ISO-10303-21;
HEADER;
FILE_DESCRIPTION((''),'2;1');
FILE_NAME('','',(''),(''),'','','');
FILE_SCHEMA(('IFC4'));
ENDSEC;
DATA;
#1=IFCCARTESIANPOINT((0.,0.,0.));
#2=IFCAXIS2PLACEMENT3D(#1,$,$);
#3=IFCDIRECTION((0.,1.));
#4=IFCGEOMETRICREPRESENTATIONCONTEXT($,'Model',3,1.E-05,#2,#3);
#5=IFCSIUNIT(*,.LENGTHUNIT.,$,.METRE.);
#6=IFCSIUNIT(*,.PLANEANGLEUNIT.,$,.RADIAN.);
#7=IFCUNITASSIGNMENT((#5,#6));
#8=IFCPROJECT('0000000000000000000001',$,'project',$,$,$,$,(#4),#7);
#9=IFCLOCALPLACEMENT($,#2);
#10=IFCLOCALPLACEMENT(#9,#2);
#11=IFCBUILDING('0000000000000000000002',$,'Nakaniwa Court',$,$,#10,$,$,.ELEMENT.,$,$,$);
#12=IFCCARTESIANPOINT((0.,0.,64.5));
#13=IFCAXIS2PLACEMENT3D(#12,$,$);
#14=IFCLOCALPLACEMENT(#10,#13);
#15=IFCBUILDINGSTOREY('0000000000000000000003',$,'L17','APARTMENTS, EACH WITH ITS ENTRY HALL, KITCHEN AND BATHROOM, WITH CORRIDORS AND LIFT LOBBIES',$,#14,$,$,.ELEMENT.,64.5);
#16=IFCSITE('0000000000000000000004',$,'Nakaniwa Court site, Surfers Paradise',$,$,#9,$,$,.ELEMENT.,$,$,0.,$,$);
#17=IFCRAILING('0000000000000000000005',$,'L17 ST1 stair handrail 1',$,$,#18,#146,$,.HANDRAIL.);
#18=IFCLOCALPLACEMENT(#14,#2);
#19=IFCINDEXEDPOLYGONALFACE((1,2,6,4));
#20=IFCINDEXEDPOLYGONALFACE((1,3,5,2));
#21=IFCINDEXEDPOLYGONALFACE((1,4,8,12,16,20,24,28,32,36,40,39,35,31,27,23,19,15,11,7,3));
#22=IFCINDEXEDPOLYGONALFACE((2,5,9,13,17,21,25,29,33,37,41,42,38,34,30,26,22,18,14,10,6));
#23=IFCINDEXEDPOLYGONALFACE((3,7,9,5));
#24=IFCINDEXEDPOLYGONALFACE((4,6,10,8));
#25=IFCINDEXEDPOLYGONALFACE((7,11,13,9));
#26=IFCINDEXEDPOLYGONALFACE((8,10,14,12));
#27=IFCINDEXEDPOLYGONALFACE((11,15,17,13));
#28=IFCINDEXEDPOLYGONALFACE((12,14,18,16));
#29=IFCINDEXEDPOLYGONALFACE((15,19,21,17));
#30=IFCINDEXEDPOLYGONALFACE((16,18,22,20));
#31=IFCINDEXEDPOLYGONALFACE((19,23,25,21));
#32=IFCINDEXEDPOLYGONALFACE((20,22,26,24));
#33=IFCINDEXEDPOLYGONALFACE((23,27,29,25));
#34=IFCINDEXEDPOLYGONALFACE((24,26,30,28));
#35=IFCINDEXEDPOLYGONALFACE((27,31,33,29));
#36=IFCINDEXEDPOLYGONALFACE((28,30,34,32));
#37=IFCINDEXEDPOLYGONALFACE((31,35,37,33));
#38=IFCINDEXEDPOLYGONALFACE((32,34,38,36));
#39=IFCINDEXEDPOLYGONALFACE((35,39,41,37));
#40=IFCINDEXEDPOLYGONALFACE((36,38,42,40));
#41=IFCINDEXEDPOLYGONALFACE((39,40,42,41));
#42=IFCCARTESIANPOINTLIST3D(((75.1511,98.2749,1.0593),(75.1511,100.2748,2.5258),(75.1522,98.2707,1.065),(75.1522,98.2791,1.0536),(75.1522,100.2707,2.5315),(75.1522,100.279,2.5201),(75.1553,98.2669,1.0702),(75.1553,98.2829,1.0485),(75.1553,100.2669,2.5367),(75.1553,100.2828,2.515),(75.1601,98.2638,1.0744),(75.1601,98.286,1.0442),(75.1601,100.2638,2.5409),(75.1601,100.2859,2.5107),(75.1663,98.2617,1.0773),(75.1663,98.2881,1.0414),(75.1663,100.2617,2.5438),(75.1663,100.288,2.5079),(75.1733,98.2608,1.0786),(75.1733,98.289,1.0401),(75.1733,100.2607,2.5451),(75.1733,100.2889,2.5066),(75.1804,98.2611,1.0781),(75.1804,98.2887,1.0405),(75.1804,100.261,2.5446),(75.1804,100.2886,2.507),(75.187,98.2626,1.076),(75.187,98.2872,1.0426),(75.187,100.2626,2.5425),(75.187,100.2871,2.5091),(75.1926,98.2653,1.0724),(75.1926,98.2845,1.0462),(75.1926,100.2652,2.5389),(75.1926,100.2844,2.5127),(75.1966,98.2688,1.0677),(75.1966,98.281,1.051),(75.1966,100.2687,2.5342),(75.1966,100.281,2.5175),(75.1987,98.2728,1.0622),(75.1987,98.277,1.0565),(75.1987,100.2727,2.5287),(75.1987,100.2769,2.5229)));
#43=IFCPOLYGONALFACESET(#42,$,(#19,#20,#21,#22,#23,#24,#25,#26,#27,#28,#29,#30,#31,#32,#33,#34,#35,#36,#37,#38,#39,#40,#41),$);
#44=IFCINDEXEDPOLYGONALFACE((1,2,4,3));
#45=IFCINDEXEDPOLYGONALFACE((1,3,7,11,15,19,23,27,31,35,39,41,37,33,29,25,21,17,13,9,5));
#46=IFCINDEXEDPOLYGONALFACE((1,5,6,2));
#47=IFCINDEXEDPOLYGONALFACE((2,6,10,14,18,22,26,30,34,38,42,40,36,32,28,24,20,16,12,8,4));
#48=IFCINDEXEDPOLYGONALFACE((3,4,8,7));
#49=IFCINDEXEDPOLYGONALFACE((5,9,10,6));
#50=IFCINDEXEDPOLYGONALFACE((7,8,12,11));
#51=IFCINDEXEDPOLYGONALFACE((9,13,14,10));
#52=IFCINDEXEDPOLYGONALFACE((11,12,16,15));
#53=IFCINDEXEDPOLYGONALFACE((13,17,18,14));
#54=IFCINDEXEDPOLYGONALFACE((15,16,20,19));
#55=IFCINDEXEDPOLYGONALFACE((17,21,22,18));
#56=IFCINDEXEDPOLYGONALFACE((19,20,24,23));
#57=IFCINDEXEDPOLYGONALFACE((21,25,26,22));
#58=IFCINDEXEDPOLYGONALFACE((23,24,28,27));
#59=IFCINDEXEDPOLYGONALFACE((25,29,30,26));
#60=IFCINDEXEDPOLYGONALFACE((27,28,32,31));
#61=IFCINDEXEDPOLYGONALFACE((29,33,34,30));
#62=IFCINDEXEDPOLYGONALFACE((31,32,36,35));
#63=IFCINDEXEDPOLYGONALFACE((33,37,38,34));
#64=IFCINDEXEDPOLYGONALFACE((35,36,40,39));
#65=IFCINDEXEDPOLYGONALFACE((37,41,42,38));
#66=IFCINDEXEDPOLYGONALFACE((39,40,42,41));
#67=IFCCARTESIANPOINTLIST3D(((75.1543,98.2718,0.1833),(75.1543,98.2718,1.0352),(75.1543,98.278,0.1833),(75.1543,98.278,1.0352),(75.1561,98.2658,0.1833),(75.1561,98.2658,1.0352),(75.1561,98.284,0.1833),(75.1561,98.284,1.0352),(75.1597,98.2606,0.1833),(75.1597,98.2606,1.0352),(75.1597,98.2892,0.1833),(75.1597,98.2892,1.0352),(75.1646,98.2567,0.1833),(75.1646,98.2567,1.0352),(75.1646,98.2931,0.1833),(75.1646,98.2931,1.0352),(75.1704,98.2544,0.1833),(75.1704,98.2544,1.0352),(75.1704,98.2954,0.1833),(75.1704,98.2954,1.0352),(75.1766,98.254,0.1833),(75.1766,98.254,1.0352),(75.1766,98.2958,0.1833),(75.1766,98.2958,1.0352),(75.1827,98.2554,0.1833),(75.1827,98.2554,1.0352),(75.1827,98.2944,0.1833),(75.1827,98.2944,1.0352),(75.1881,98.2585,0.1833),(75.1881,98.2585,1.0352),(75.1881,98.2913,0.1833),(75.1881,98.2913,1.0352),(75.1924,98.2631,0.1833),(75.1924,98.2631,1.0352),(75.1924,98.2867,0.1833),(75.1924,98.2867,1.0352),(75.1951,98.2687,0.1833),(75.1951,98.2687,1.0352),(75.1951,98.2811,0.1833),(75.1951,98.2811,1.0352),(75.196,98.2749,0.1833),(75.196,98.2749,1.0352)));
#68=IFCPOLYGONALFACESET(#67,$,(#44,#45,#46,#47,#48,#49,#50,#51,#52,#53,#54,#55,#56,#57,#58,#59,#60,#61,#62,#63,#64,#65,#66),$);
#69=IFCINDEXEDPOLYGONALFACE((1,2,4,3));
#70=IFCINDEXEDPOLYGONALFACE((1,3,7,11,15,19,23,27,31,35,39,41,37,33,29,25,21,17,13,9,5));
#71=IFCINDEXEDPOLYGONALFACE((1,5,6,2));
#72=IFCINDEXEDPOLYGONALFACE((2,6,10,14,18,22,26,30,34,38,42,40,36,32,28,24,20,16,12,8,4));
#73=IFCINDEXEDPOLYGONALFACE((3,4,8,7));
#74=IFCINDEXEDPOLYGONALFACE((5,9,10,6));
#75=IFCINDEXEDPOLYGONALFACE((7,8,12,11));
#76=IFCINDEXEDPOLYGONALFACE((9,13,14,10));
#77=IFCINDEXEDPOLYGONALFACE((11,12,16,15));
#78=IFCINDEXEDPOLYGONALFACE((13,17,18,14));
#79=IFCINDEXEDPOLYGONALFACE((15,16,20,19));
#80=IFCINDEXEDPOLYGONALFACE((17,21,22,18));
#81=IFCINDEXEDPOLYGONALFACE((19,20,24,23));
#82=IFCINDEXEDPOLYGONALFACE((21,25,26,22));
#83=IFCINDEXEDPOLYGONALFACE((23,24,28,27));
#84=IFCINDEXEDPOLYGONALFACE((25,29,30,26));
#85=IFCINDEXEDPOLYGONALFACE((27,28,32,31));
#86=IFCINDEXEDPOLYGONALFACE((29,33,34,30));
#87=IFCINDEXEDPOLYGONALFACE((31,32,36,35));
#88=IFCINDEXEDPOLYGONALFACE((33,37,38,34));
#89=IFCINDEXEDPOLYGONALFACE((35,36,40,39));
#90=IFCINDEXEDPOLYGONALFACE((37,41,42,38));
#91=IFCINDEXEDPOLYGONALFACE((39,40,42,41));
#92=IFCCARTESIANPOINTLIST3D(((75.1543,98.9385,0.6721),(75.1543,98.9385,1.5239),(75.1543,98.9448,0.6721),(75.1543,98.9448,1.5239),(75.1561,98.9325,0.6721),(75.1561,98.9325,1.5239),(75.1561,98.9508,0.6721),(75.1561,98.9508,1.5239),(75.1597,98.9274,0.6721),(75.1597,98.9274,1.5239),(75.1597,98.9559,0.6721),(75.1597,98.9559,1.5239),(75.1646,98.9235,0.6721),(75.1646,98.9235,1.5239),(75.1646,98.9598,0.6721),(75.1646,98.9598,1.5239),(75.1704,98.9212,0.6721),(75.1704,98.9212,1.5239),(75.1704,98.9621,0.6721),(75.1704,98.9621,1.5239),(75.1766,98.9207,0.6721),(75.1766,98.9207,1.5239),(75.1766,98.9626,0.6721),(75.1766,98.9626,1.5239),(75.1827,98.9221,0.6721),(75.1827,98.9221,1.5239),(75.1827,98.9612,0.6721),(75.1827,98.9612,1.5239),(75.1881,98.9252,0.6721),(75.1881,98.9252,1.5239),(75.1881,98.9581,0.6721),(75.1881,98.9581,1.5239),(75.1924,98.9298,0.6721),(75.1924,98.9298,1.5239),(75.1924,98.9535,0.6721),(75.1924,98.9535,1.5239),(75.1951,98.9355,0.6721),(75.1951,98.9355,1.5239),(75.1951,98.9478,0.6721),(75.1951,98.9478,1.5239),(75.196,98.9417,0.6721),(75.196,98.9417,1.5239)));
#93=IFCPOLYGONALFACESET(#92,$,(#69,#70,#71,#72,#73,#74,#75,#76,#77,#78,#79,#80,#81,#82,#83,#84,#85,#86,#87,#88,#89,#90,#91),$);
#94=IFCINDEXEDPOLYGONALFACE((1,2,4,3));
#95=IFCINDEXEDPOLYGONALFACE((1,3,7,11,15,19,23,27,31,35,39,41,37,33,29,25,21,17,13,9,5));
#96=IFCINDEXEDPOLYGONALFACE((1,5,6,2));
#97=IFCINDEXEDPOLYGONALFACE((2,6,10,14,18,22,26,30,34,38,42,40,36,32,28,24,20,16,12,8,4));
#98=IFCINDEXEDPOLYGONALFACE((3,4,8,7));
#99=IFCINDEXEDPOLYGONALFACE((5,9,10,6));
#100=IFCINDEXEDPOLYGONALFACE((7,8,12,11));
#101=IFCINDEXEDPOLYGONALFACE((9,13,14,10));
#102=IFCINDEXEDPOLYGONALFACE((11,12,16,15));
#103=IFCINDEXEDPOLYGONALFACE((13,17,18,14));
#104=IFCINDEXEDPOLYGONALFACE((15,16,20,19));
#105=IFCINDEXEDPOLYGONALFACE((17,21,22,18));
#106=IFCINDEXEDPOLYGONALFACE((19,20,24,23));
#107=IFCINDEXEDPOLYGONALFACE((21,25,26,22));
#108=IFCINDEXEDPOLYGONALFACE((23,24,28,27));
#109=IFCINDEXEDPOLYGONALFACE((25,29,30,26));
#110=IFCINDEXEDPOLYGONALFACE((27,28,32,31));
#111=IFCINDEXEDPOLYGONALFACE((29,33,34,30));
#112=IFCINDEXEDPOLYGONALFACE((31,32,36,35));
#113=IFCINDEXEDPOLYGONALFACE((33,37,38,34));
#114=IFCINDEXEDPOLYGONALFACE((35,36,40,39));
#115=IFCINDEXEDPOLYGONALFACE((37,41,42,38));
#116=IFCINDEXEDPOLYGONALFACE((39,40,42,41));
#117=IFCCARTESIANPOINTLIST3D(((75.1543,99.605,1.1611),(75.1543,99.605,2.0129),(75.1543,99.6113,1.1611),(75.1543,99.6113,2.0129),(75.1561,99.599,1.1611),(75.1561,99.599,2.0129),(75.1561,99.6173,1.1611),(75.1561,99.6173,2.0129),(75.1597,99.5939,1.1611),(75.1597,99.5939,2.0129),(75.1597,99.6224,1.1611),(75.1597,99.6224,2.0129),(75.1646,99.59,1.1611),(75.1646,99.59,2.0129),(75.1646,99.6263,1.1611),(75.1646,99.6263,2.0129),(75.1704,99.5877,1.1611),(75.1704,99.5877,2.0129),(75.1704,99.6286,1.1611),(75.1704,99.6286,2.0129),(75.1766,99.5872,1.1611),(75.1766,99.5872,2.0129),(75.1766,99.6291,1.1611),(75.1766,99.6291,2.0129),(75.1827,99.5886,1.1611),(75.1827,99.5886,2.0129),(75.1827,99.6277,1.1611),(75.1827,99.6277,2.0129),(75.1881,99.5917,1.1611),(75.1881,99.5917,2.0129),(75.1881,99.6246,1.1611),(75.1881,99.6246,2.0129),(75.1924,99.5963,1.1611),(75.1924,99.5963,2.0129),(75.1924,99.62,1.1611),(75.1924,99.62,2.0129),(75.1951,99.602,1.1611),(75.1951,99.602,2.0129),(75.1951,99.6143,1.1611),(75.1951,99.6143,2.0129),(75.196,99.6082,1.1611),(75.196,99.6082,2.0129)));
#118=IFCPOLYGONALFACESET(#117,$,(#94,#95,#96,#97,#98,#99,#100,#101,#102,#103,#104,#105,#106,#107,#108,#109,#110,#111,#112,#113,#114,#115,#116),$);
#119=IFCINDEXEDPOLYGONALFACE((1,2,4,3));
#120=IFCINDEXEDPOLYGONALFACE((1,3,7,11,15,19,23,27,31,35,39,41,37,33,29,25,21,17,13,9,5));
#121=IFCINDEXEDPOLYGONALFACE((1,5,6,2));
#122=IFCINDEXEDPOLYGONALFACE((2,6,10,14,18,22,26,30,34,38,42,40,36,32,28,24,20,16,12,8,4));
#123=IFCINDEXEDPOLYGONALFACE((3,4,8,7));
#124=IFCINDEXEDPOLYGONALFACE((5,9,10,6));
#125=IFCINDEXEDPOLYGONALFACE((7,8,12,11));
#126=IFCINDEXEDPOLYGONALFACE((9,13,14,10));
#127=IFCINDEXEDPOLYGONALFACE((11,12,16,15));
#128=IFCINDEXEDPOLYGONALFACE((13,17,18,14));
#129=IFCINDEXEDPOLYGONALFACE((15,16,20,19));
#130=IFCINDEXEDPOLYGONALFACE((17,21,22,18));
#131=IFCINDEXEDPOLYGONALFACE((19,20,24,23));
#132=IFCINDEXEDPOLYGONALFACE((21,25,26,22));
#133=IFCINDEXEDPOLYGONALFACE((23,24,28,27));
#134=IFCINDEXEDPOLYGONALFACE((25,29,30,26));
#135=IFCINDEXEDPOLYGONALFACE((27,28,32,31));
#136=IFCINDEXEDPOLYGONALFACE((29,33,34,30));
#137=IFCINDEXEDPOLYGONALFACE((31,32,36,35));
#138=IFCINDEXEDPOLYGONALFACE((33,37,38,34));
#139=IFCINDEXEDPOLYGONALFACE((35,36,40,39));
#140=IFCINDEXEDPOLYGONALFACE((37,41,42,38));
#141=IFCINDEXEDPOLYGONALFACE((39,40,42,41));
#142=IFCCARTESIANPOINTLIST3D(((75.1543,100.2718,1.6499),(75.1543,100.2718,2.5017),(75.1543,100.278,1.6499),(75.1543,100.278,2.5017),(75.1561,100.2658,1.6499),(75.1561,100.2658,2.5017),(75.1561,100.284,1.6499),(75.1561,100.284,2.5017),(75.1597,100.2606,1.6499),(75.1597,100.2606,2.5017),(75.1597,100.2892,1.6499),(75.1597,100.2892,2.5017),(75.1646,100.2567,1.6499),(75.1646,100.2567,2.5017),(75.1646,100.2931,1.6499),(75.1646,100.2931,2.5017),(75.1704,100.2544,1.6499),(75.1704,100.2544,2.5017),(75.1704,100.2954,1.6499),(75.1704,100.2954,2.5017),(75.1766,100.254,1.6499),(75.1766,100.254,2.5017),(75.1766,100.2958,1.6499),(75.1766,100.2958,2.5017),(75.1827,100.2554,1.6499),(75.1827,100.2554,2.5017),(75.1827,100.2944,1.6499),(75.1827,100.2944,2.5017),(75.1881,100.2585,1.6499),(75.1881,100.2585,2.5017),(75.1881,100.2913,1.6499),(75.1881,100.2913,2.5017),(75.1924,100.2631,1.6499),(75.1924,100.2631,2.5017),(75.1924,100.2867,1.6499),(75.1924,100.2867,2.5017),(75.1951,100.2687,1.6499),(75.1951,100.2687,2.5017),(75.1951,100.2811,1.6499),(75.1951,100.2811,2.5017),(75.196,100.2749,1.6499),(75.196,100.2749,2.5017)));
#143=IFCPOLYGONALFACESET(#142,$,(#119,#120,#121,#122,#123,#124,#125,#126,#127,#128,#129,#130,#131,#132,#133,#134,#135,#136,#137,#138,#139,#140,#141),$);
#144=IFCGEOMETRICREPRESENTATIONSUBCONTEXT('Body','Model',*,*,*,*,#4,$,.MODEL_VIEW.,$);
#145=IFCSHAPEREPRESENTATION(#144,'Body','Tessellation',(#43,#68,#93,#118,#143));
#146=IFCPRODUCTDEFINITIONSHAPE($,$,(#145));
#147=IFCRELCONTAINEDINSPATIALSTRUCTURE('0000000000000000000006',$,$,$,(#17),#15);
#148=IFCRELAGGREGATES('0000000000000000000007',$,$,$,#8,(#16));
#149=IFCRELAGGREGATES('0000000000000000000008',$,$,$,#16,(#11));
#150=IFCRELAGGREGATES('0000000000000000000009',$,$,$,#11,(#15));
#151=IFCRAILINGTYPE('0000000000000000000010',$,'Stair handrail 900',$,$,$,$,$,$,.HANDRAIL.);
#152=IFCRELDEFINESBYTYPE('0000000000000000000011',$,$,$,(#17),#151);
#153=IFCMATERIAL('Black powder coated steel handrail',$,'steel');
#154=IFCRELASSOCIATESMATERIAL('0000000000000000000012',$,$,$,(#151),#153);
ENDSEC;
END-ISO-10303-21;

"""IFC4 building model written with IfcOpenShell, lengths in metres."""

from ifc_helpers import new_model, si_unit, direction, frame, origin, origin_2d, place, context, subcontext, project, spatial, circle, extrude, material, type_object, element, save


model = new_model("IFC4")

# Units and contexts
model_context = context("Model", 3, precision=1e-05, world=origin(), true_north=direction((0.0, 1.0)))
body_context = subcontext(model_context, "Body", "Model", "MODEL_VIEW")
ifc_project = project(units=[si_unit("LENGTHUNIT", "METRE"), si_unit("PLANEANGLEUNIT", "RADIAN")], contexts=[model_context])

# Site, building, storey
site_placement = place(None, origin())
site = spatial("IfcSite", under=ifc_project, at=site_placement, Name="Nakaniwa Court site, Surfers Paradise", CompositionType="ELEMENT", RefElevation=0.0)
building_placement = place(site_placement, origin())
building = spatial("IfcBuilding", under=site, at=building_placement, Name="Nakaniwa Court", CompositionType="ELEMENT")
storey_placement = place(building_placement, frame((0.0, 0.0, 64.5)))
storey = spatial("IfcBuildingStorey", under=building, at=storey_placement, Name="L17", Description="APARTMENTS, EACH WITH ITS ENTRY HALL, KITCHEN AND BATHROOM, WITH CORRIDORS AND LIFT LOBBIES", CompositionType="ELEMENT", Elevation=64.5)

# Railing
ifc_material_1 = material(Name="Black powder coated steel handrail", Category="steel")
railing_type_1 = type_object("IfcRailingType", Name="Stair handrail 900", PredefinedType="HANDRAIL", material=ifc_material_1)
railing_1_placement = place(storey_placement, frame((75.175, 98.2749, 0.1833)))
element("IfcRailing", 1, at=railing_1_placement, inside=storey, type_object=railing_type_1, Name="L17 ST1 stair handrail 1", PredefinedType="HANDRAIL", context=body_context, shape_type="SweptSolid", body=[
    extrude(circle(Radius=0.0239, at=origin_2d()), frame((0.0, 0.0, 0.876), z_axis=(0.0, 0.806427, 0.591334), x_axis=(-1.0, 0.0, 0.0)), (0.0, 0.0, 1.0), 2.48),
    extrude(circle(Radius=0.021, at=origin_2d()), origin(), (0.0, 0.0, 1.0), 0.8518),
    extrude(circle(Radius=0.021, at=origin_2d()), frame((0.0, 0.6667, 0.4888)), (0.0, 0.0, 1.0), 0.8518),
    extrude(circle(Radius=0.021, at=origin_2d()), frame((0.0, 1.3333, 0.9778)), (0.0, 0.0, 1.0), 0.8518),
    extrude(circle(Radius=0.021, at=origin_2d()), frame((0.0, 2.0, 1.4666)), (0.0, 0.0, 1.0), 0.8518),
])

save(model, "model.ifc")
